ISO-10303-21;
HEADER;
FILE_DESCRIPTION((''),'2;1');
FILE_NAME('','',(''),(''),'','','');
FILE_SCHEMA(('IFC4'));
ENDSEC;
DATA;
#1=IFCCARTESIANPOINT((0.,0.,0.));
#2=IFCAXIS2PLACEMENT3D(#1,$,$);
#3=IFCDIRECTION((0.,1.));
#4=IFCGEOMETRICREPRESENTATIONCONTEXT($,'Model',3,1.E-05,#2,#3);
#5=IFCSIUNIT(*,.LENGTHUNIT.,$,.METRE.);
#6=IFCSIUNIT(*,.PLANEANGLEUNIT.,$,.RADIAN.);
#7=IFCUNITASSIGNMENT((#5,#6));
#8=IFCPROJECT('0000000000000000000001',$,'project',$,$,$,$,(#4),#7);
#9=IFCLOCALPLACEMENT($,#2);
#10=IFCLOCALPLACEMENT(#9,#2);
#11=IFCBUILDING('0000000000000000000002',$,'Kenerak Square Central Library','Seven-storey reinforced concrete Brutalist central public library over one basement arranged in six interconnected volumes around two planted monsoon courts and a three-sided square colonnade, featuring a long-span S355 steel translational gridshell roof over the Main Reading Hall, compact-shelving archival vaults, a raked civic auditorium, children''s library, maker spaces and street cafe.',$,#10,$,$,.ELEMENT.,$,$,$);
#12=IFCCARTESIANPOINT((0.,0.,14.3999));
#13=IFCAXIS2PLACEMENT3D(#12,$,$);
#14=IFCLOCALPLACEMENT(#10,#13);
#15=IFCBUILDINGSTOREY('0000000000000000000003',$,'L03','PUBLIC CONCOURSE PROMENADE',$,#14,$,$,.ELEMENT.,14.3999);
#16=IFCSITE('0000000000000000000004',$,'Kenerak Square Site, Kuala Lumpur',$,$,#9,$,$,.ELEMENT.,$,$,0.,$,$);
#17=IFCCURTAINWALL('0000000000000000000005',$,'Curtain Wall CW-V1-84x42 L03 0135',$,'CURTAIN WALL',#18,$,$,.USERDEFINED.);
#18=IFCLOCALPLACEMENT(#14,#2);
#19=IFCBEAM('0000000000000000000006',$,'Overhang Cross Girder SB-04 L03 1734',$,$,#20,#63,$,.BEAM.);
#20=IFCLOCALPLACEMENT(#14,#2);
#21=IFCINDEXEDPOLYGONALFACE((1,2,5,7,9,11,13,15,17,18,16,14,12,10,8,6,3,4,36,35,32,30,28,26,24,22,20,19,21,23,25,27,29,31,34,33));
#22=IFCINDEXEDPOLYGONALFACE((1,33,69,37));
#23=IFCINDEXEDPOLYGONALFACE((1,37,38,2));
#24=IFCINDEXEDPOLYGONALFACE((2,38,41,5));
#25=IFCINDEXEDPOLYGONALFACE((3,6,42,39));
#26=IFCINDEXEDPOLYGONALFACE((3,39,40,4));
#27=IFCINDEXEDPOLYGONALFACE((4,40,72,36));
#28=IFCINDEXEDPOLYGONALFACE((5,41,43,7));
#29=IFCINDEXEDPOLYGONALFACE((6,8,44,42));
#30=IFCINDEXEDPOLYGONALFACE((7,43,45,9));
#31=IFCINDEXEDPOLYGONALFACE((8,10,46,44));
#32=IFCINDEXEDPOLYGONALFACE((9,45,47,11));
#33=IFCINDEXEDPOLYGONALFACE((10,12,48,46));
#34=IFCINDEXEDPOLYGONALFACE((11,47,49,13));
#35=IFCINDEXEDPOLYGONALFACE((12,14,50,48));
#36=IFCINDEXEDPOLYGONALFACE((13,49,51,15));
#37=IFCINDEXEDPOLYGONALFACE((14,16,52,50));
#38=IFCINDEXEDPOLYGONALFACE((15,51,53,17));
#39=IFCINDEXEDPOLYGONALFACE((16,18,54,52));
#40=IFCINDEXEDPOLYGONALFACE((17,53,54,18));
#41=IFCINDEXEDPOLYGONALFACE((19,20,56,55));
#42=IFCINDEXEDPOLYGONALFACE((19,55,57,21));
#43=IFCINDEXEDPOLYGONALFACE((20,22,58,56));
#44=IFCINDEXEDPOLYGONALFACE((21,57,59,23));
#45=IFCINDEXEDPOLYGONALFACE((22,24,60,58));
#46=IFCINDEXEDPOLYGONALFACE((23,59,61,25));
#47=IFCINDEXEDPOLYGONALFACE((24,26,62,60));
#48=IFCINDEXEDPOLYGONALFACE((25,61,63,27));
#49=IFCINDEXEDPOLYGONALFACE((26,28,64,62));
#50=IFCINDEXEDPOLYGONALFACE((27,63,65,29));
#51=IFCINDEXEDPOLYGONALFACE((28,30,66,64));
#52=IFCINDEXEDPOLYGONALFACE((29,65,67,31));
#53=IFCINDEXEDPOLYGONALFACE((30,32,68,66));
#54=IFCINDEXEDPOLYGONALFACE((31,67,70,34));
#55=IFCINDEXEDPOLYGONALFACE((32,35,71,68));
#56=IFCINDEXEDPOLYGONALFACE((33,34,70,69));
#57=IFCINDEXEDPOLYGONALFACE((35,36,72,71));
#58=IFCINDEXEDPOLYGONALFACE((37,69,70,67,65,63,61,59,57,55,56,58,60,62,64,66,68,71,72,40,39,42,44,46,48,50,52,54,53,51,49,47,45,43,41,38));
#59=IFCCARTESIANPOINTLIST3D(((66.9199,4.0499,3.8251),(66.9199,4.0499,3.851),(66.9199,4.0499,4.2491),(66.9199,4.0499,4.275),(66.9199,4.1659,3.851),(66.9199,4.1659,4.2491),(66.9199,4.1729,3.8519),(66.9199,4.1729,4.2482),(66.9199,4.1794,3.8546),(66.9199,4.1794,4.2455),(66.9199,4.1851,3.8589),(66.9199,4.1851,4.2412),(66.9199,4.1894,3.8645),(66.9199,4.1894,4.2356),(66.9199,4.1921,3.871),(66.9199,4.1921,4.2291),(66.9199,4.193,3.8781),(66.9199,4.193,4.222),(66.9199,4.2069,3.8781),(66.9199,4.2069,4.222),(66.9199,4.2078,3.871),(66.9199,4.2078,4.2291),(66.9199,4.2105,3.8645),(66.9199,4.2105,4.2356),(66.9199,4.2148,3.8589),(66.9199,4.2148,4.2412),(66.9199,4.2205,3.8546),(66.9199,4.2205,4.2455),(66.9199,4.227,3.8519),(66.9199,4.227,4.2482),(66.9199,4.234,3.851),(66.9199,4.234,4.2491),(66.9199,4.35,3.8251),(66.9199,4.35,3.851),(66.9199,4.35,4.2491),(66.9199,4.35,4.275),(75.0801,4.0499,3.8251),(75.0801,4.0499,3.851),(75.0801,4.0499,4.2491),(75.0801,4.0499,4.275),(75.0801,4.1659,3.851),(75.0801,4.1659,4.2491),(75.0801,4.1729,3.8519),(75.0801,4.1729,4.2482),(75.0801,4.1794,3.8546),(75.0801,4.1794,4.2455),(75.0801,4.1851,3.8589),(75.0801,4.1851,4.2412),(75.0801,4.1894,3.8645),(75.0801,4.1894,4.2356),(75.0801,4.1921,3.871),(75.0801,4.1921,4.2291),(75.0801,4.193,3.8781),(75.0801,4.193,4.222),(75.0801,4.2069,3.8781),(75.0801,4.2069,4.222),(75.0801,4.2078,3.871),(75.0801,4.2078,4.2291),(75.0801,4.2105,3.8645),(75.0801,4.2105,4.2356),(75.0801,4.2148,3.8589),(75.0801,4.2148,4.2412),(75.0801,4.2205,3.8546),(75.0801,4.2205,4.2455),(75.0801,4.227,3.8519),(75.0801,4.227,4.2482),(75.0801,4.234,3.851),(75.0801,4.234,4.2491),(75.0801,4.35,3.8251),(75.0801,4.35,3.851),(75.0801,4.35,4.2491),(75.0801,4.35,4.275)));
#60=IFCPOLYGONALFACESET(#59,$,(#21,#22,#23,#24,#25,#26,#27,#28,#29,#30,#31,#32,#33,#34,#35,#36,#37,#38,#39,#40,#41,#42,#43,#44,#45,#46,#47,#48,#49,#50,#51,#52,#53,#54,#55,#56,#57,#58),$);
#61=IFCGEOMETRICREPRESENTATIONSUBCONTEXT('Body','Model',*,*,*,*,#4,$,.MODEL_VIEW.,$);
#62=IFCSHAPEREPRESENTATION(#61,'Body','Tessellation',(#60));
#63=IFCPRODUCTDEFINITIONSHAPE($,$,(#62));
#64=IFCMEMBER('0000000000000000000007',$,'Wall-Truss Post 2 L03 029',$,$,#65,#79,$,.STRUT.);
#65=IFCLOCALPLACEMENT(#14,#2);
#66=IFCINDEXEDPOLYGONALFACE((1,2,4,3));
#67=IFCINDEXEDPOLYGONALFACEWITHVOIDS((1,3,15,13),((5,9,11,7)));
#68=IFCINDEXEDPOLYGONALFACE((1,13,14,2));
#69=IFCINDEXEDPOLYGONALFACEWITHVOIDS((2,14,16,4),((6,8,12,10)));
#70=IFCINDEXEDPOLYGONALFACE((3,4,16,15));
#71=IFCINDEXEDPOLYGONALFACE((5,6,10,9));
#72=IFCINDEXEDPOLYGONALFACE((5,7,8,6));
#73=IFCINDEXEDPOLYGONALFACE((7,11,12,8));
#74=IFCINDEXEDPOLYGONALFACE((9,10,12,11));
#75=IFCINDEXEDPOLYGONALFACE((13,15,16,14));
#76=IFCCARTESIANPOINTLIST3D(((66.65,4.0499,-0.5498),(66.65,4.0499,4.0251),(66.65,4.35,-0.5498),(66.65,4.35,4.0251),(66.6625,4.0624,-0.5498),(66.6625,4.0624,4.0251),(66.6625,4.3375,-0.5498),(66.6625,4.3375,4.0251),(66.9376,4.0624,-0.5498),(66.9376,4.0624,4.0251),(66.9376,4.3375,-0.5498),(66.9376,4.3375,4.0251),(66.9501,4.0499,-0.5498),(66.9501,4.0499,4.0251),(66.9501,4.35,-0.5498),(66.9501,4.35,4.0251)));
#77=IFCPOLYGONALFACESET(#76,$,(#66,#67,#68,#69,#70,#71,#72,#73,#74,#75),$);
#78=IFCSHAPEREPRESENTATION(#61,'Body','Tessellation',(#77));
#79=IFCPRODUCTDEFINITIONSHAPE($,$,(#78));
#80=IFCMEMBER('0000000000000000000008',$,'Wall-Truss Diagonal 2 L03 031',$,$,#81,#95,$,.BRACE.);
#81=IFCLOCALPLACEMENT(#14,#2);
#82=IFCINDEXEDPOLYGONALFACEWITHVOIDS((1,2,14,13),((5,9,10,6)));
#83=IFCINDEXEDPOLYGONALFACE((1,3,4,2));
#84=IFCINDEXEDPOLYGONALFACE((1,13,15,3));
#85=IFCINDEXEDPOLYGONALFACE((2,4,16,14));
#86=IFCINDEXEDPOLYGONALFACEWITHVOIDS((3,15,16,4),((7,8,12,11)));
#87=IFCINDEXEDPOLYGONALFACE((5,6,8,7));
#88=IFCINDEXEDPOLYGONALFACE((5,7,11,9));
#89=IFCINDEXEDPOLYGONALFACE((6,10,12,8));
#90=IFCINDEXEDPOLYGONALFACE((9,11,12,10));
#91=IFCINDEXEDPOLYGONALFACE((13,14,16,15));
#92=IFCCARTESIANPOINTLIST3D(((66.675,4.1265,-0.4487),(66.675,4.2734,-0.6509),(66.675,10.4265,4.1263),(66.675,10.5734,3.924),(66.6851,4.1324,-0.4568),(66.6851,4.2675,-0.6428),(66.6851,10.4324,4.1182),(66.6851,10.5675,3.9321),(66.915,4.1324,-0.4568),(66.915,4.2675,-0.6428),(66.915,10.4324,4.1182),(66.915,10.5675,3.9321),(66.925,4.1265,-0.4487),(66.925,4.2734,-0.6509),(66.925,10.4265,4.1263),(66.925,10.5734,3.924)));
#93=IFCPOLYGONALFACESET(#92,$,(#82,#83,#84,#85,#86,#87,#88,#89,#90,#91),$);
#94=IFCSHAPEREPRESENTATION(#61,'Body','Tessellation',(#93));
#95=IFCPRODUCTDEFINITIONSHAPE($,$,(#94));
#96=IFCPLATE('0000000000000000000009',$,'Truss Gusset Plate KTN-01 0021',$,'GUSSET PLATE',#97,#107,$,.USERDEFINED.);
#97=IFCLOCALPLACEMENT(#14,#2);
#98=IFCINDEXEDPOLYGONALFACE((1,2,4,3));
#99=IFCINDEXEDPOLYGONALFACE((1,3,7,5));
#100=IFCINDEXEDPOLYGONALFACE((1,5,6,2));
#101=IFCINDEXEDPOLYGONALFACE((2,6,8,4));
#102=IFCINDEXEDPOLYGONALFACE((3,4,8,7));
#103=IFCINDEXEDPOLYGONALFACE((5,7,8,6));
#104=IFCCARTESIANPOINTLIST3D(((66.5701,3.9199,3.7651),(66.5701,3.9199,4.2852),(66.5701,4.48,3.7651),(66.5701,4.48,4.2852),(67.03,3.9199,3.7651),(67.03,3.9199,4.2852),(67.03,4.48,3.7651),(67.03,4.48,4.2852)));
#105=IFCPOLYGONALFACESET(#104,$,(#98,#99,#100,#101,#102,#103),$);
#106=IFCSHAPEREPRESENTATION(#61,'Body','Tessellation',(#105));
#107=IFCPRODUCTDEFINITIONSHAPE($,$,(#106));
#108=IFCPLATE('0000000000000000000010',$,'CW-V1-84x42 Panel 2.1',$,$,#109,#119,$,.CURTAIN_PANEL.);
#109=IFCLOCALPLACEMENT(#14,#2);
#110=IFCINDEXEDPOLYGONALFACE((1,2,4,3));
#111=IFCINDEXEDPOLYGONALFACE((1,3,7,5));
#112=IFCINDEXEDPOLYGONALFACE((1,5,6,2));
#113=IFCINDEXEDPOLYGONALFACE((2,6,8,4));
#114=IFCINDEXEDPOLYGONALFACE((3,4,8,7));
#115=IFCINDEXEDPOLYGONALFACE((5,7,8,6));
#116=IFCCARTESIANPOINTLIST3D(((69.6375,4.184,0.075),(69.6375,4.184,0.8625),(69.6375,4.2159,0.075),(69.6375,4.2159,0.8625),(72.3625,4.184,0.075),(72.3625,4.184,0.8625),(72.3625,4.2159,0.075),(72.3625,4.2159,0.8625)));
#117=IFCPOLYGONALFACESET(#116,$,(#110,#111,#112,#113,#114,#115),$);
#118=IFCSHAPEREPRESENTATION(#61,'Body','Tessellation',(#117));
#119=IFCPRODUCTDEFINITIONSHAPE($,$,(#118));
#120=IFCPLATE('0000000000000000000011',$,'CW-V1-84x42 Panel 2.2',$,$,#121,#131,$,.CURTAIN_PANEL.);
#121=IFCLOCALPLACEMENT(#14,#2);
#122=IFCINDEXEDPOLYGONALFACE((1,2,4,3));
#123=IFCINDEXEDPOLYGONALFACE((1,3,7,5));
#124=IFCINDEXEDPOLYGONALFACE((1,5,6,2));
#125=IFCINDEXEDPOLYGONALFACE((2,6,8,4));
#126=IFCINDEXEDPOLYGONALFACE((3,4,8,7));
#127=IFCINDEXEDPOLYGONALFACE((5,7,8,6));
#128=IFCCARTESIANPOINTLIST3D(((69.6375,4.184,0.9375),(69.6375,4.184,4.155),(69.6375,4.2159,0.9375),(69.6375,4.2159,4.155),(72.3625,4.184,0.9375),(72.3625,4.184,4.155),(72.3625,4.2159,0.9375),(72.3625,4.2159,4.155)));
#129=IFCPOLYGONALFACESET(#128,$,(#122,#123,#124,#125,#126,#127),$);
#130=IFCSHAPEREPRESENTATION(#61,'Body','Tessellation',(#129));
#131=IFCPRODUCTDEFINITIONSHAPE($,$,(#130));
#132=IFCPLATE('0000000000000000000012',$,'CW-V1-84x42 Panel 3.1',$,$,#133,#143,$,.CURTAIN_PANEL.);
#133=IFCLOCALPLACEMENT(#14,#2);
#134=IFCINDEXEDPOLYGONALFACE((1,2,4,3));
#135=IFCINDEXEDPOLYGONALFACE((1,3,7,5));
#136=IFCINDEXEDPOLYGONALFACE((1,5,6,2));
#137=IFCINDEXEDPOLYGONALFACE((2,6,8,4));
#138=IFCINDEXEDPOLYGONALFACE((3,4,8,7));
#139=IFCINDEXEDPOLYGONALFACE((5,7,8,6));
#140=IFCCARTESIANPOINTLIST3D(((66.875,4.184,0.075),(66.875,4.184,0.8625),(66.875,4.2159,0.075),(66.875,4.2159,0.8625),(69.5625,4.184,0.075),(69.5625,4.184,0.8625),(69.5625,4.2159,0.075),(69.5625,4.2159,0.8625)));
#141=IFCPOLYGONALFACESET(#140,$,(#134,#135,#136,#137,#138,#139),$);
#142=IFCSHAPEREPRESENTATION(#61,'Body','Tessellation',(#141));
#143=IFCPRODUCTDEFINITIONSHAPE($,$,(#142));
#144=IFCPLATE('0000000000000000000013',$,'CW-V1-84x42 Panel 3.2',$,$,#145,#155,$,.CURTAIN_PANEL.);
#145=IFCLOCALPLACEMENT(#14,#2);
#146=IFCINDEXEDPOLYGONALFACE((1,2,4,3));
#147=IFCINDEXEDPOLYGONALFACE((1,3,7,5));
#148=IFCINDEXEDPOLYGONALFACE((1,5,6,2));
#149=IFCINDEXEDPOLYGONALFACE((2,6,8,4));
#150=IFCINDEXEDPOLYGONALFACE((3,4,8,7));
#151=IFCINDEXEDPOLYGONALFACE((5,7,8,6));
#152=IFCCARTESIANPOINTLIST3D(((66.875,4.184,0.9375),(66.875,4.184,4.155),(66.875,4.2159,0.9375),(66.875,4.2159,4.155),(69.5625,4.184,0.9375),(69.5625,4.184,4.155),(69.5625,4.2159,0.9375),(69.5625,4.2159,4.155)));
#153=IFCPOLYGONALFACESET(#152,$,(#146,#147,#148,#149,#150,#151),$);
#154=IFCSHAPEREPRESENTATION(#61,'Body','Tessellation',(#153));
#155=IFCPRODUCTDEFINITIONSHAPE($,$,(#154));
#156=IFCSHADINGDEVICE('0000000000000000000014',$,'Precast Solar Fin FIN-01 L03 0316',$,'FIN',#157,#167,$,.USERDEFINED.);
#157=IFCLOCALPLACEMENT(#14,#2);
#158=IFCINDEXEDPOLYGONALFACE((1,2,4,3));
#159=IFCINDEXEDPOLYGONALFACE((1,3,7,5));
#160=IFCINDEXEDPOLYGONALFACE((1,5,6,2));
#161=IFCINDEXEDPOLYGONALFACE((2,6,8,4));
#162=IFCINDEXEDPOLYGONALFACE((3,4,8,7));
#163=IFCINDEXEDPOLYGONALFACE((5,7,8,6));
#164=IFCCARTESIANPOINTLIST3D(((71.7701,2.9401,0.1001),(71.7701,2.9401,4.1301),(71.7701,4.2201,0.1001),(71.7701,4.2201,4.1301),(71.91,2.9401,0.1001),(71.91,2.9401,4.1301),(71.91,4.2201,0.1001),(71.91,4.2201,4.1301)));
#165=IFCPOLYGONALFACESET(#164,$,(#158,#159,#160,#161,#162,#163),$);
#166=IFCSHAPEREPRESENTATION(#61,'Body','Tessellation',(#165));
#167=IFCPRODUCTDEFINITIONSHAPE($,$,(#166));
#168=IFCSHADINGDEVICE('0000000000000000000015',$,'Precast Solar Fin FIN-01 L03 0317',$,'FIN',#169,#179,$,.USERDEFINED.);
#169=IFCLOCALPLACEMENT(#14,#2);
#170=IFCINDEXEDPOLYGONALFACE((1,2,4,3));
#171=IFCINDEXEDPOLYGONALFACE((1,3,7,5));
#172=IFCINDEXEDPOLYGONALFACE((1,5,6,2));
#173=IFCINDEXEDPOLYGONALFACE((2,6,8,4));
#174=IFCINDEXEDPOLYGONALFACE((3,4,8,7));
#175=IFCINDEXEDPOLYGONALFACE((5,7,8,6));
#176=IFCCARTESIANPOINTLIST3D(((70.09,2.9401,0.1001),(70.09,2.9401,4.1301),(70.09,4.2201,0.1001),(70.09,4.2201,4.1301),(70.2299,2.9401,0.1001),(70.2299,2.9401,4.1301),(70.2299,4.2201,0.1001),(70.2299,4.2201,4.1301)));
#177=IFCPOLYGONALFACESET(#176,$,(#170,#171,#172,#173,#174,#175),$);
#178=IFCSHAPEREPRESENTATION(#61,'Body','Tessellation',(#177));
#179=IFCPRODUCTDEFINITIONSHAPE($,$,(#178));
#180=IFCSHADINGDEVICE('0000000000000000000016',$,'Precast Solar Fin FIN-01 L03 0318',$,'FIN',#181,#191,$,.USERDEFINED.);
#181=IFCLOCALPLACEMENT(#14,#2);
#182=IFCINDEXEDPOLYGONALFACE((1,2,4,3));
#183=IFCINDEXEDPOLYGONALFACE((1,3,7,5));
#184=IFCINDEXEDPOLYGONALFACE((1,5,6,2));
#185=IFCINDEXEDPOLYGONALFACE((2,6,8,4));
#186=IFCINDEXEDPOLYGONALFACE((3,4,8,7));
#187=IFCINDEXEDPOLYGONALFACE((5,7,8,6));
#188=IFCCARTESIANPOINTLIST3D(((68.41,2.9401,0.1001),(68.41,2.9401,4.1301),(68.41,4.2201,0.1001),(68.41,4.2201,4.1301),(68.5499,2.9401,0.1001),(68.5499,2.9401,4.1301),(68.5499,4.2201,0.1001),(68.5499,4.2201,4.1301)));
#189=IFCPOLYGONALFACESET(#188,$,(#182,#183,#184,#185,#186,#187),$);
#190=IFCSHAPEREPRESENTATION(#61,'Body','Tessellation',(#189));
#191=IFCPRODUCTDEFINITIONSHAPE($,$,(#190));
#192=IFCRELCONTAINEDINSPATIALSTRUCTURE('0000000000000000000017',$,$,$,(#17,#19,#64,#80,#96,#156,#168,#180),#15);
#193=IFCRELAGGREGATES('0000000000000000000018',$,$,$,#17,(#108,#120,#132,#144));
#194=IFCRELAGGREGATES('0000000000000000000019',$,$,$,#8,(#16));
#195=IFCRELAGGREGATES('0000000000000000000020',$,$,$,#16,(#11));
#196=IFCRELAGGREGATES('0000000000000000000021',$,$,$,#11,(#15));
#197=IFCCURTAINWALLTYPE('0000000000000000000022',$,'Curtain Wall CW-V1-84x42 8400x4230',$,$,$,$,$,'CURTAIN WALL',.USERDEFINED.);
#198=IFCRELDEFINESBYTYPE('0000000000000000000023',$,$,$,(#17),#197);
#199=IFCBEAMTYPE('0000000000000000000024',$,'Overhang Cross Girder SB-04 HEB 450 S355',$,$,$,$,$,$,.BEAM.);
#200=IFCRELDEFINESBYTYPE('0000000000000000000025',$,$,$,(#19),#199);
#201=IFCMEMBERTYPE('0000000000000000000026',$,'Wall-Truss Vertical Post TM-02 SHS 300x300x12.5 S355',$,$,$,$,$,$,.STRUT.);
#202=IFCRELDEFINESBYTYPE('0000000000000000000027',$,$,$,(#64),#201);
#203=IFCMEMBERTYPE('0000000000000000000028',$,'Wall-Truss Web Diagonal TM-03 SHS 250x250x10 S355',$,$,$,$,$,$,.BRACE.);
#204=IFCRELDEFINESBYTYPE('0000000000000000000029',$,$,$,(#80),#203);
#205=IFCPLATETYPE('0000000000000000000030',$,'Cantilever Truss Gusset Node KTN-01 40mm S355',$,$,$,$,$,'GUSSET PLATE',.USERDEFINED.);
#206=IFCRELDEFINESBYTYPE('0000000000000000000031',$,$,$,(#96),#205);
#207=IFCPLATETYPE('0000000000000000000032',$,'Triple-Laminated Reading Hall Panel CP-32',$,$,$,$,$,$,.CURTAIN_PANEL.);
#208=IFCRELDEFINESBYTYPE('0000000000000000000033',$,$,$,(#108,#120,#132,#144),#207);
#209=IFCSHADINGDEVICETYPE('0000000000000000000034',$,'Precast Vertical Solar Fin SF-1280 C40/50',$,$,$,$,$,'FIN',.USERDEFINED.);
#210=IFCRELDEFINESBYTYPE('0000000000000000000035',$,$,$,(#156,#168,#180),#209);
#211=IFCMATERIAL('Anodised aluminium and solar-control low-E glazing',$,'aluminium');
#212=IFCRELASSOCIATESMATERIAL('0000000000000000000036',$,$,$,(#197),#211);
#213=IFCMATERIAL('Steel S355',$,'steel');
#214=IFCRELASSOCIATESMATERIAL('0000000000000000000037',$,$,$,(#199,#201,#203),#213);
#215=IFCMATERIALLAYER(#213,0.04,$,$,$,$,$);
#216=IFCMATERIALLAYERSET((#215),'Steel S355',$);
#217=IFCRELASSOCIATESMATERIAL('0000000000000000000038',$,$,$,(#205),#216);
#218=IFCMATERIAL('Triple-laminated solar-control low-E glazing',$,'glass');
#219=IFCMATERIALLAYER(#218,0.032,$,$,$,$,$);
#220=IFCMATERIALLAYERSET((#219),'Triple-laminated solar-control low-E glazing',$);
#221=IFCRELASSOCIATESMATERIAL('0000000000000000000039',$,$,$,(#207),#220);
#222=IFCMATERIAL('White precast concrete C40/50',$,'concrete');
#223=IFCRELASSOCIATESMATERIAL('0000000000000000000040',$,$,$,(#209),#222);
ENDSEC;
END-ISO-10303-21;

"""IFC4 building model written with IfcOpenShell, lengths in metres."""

from ifc_helpers import new_model, si_unit, direction, frame, origin, origin_2d, place, context, subcontext, project, spatial, rectangle, hollow_rectangle, i_section, extrude, material, layer, layer_set, material_profile, profile_set, type_object, element, aggregate, save


model = new_model("IFC4")

# Units and contexts
model_context = context("Model", 3, precision=1e-05, world=origin(), true_north=direction((0.0, 1.0)))
body_context = subcontext(model_context, "Body", "Model", "MODEL_VIEW")
ifc_project = project(units=[si_unit("LENGTHUNIT", "METRE"), si_unit("PLANEANGLEUNIT", "RADIAN")], contexts=[model_context])

# Site, building, storey
site_placement = place(None, origin())
site = spatial("IfcSite", under=ifc_project, at=site_placement, Name="Kenerak Square Site, Kuala Lumpur", CompositionType="ELEMENT", RefElevation=0.0)
building_placement = place(site_placement, origin())
building = spatial("IfcBuilding", under=site, at=building_placement, Name="Kenerak Square Central Library", Description="Seven-storey reinforced concrete Brutalist central public library over one basement arranged in six interconnected volumes around two planted monsoon courts and a three-sided square colonnade, featuring a long-span S355 steel translational gridshell roof over the Main Reading Hall, compact-shelving archival vaults, a raked civic auditorium, children's library, maker spaces and street cafe.", CompositionType="ELEMENT")
storey_placement = place(building_placement, frame((0.0, 0.0, 14.3999)))
storey = spatial("IfcBuildingStorey", under=building, at=storey_placement, Name="L03", Description="PUBLIC CONCOURSE PROMENADE", CompositionType="ELEMENT", Elevation=14.3999)

# Shared definitions
ifc_material_1 = material(Name="Steel S355", Category="steel")

# Curtain wall
ifc_material_2 = material(Name="Anodised aluminium and solar-control low-E glazing", Category="aluminium")
curtain_wall_type = type_object("IfcCurtainWallType", Name="Curtain Wall CW-V1-84x42 8400x4230", ElementType="CURTAIN WALL", PredefinedType="USERDEFINED", material=ifc_material_2)
curtain_wall_1_placement = place(storey_placement, origin())
curtain_wall_1 = element("IfcCurtainWall", 1, at=curtain_wall_1_placement, inside=storey, type_object=curtain_wall_type, Name="Curtain Wall CW-V1-84x42 L03 0135", ObjectType="CURTAIN WALL", PredefinedType="USERDEFINED")

# Beam
ifc_material_profile_1 = material_profile(ifc_material_1, i_section(OverallWidth=0.3, OverallDepth=0.45, WebThickness=0.0139, FlangeThickness=0.0259, FilletRadius=0.0271, at=origin_2d()), Name="HEB 450")
ifc_profile_set_1 = profile_set([ifc_material_profile_1], Name="Steel S355")
beam_type_1 = type_object("IfcBeamType", Name="Overhang Cross Girder SB-04 HEB 450 S355", PredefinedType="BEAM", material=ifc_profile_set_1)
beam_1_placement = place(storey_placement, frame((66.9199, 4.2, 4.05), z_axis=(1.0, 0.0, 0.0), x_axis=(0.0, 1.0, 0.0)))
element("IfcBeam", 2, at=beam_1_placement, inside=storey, type_object=beam_type_1, Name="Overhang Cross Girder SB-04 L03 1734", PredefinedType="BEAM", context=body_context, shape_type="SweptSolid", body=[
    extrude(i_section(OverallWidth=0.3, OverallDepth=0.45, WebThickness=0.0139, FlangeThickness=0.0259, FilletRadius=0.0271, at=origin_2d()), origin(), (0.0, 0.0, 1.0), 8.1602),
])

# Members
ifc_material_profile_2 = material_profile(ifc_material_1, hollow_rectangle(XDim=0.3, YDim=0.3, WallThickness=0.0125, at=origin_2d()), Name="SHS 300x300x12.5")
ifc_profile_set_2 = profile_set([ifc_material_profile_2], Name="Steel S355")
member_type_1 = type_object("IfcMemberType", Name="Wall-Truss Vertical Post TM-02 SHS 300x300x12.5 S355", PredefinedType="STRUT", material=ifc_profile_set_2)
member_1_placement = place(storey_placement, frame((66.8, 4.2, -0.5498), z_axis=(0.0, 0.0, 1.0), x_axis=(1.0, 0.0, 0.0)))
element("IfcMember", 3, at=member_1_placement, inside=storey, type_object=member_type_1, Name="Wall-Truss Post 2 L03 029", PredefinedType="STRUT", context=body_context, shape_type="SweptSolid", body=[
    extrude(hollow_rectangle(XDim=0.3, YDim=0.3, WallThickness=0.0125, at=origin_2d()), origin(), (0.0, 0.0, 1.0), 4.575),
])
ifc_material_profile_3 = material_profile(ifc_material_1, hollow_rectangle(XDim=0.25, YDim=0.25, WallThickness=0.01, at=origin_2d()), Name="SHS 250x250x10.0")
ifc_profile_set_3 = profile_set([ifc_material_profile_3], Name="Steel S355")
member_type_2 = type_object("IfcMemberType", Name="Wall-Truss Web Diagonal TM-03 SHS 250x250x10 S355", PredefinedType="BRACE", material=ifc_profile_set_3)
member_2_placement = place(storey_placement, frame((66.8, 4.2, -0.5498), z_axis=(0.0, 0.809158, 0.587592), x_axis=(-1.0, 0.0, 0.0)))
element("IfcMember", 4, at=member_2_placement, inside=storey, type_object=member_type_2, Name="Wall-Truss Diagonal 2 L03 031", PredefinedType="BRACE", context=body_context, shape_type="SweptSolid", body=[
    extrude(hollow_rectangle(XDim=0.25, YDim=0.25, WallThickness=0.01, at=origin_2d()), origin(), (0.0, 0.0, 1.0), 7.7859),
])

# Plates
ifc_layer_1 = layer(ifc_material_1, 0.04)
ifc_layer_set_1 = layer_set([ifc_layer_1], Name="Steel S355")
plate_type_1 = type_object("IfcPlateType", Name="Cantilever Truss Gusset Node KTN-01 40mm S355", ElementType="GUSSET PLATE", PredefinedType="USERDEFINED", material=ifc_layer_set_1)
plate_1_placement = place(storey_placement, frame((66.8, 4.2, 3.7651), z_axis=(0.0, 0.0, 1.0), x_axis=(1.0, 0.0, 0.0)))
element("IfcPlate", 5, at=plate_1_placement, inside=storey, type_object=plate_type_1, Name="Truss Gusset Plate KTN-01 0021", ObjectType="GUSSET PLATE", PredefinedType="USERDEFINED", context=body_context, shape_type="SweptSolid", body=[
    extrude(rectangle(XDim=0.46, YDim=0.5601, at=origin_2d()), origin(), (0.0, 0.0, 1.0), 0.52),
])
ifc_material_3 = material(Name="Triple-laminated solar-control low-E glazing", Category="glass")
ifc_layer_2 = layer(ifc_material_3, 0.032)
ifc_layer_set_2 = layer_set([ifc_layer_2], Name="Triple-laminated solar-control low-E glazing")
plate_type_2 = type_object("IfcPlateType", Name="Triple-Laminated Reading Hall Panel CP-32", PredefinedType="CURTAIN_PANEL", material=ifc_layer_set_2)
plate_2_placement = place(storey_placement, frame((71.0, 4.2, 0.075), z_axis=(0.0, 0.0, 1.0), x_axis=(-1.0, 0.0, 0.0)))
plate_2 = element("IfcPlate", 6, at=plate_2_placement, type_object=plate_type_2, Name="CW-V1-84x42 Panel 2.1", PredefinedType="CURTAIN_PANEL", context=body_context, shape_type="SweptSolid", body=[
    extrude(rectangle(XDim=2.7251, YDim=0.032, at=origin_2d()), origin(), (0.0, 0.0, 1.0), 0.7876),
])
plate_3_placement = place(storey_placement, frame((71.0, 4.2, 0.9375), z_axis=(0.0, 0.0, 1.0), x_axis=(-1.0, 0.0, 0.0)))
plate_3 = element("IfcPlate", 7, at=plate_3_placement, type_object=plate_type_2, Name="CW-V1-84x42 Panel 2.2", PredefinedType="CURTAIN_PANEL", context=body_context, shape_type="SweptSolid", body=[
    extrude(rectangle(XDim=2.7251, YDim=0.032, at=origin_2d()), origin(), (0.0, 0.0, 1.0), 3.2175),
])
plate_4_placement = place(storey_placement, frame((68.2188, 4.2, 0.075), z_axis=(0.0, 0.0, 1.0), x_axis=(-1.0, 0.0, 0.0)))
plate_4 = element("IfcPlate", 8, at=plate_4_placement, type_object=plate_type_2, Name="CW-V1-84x42 Panel 3.1", PredefinedType="CURTAIN_PANEL", context=body_context, shape_type="SweptSolid", body=[
    extrude(rectangle(XDim=2.6875, YDim=0.032, at=origin_2d()), origin(), (0.0, 0.0, 1.0), 0.7876),
])
plate_5_placement = place(storey_placement, frame((68.2188, 4.2, 0.9375), z_axis=(0.0, 0.0, 1.0), x_axis=(-1.0, 0.0, 0.0)))
plate_5 = element("IfcPlate", 9, at=plate_5_placement, type_object=plate_type_2, Name="CW-V1-84x42 Panel 3.2", PredefinedType="CURTAIN_PANEL", context=body_context, shape_type="SweptSolid", body=[
    extrude(rectangle(XDim=2.6875, YDim=0.032, at=origin_2d()), origin(), (0.0, 0.0, 1.0), 3.2175),
])
aggregate(curtain_wall_1, [plate_2, plate_3, plate_4, plate_5])

# Shading devices
ifc_material_4 = material(Name="White precast concrete C40/50", Category="concrete")
shading_device_type = type_object("IfcShadingDeviceType", Name="Precast Vertical Solar Fin SF-1280 C40/50", ElementType="FIN", PredefinedType="USERDEFINED", material=ifc_material_4)
for number, where, z_axis, x_axis, name in (
    (10, (71.8401, 3.5801, 0.1001), (0.0, 0.0, 1.0), (-1.0, 0.0, 0.0), "Precast Solar Fin FIN-01 L03 0316"),
    (11, (70.1599, 3.5801, 0.1001), (0.0, 0.0, 1.0), (-1.0, 0.0, 0.0), "Precast Solar Fin FIN-01 L03 0317"),
    (12, (68.48, 3.5801, 0.1001), (0.0, 0.0, 1.0), (-1.0, 0.0, 0.0), "Precast Solar Fin FIN-01 L03 0318"),
):
    element("IfcShadingDevice", number, at=place(storey_placement, frame(where, z_axis=z_axis, x_axis=x_axis)), inside=storey, type_object=shading_device_type, Name=name, ObjectType="FIN", PredefinedType="USERDEFINED", context=body_context, shape_type="SweptSolid", body=[
        extrude(rectangle(XDim=0.1399, YDim=1.28, at=origin_2d()), origin(), (0.0, 0.0, 1.0), 4.03),
    ])

save(model, "model.ifc")
